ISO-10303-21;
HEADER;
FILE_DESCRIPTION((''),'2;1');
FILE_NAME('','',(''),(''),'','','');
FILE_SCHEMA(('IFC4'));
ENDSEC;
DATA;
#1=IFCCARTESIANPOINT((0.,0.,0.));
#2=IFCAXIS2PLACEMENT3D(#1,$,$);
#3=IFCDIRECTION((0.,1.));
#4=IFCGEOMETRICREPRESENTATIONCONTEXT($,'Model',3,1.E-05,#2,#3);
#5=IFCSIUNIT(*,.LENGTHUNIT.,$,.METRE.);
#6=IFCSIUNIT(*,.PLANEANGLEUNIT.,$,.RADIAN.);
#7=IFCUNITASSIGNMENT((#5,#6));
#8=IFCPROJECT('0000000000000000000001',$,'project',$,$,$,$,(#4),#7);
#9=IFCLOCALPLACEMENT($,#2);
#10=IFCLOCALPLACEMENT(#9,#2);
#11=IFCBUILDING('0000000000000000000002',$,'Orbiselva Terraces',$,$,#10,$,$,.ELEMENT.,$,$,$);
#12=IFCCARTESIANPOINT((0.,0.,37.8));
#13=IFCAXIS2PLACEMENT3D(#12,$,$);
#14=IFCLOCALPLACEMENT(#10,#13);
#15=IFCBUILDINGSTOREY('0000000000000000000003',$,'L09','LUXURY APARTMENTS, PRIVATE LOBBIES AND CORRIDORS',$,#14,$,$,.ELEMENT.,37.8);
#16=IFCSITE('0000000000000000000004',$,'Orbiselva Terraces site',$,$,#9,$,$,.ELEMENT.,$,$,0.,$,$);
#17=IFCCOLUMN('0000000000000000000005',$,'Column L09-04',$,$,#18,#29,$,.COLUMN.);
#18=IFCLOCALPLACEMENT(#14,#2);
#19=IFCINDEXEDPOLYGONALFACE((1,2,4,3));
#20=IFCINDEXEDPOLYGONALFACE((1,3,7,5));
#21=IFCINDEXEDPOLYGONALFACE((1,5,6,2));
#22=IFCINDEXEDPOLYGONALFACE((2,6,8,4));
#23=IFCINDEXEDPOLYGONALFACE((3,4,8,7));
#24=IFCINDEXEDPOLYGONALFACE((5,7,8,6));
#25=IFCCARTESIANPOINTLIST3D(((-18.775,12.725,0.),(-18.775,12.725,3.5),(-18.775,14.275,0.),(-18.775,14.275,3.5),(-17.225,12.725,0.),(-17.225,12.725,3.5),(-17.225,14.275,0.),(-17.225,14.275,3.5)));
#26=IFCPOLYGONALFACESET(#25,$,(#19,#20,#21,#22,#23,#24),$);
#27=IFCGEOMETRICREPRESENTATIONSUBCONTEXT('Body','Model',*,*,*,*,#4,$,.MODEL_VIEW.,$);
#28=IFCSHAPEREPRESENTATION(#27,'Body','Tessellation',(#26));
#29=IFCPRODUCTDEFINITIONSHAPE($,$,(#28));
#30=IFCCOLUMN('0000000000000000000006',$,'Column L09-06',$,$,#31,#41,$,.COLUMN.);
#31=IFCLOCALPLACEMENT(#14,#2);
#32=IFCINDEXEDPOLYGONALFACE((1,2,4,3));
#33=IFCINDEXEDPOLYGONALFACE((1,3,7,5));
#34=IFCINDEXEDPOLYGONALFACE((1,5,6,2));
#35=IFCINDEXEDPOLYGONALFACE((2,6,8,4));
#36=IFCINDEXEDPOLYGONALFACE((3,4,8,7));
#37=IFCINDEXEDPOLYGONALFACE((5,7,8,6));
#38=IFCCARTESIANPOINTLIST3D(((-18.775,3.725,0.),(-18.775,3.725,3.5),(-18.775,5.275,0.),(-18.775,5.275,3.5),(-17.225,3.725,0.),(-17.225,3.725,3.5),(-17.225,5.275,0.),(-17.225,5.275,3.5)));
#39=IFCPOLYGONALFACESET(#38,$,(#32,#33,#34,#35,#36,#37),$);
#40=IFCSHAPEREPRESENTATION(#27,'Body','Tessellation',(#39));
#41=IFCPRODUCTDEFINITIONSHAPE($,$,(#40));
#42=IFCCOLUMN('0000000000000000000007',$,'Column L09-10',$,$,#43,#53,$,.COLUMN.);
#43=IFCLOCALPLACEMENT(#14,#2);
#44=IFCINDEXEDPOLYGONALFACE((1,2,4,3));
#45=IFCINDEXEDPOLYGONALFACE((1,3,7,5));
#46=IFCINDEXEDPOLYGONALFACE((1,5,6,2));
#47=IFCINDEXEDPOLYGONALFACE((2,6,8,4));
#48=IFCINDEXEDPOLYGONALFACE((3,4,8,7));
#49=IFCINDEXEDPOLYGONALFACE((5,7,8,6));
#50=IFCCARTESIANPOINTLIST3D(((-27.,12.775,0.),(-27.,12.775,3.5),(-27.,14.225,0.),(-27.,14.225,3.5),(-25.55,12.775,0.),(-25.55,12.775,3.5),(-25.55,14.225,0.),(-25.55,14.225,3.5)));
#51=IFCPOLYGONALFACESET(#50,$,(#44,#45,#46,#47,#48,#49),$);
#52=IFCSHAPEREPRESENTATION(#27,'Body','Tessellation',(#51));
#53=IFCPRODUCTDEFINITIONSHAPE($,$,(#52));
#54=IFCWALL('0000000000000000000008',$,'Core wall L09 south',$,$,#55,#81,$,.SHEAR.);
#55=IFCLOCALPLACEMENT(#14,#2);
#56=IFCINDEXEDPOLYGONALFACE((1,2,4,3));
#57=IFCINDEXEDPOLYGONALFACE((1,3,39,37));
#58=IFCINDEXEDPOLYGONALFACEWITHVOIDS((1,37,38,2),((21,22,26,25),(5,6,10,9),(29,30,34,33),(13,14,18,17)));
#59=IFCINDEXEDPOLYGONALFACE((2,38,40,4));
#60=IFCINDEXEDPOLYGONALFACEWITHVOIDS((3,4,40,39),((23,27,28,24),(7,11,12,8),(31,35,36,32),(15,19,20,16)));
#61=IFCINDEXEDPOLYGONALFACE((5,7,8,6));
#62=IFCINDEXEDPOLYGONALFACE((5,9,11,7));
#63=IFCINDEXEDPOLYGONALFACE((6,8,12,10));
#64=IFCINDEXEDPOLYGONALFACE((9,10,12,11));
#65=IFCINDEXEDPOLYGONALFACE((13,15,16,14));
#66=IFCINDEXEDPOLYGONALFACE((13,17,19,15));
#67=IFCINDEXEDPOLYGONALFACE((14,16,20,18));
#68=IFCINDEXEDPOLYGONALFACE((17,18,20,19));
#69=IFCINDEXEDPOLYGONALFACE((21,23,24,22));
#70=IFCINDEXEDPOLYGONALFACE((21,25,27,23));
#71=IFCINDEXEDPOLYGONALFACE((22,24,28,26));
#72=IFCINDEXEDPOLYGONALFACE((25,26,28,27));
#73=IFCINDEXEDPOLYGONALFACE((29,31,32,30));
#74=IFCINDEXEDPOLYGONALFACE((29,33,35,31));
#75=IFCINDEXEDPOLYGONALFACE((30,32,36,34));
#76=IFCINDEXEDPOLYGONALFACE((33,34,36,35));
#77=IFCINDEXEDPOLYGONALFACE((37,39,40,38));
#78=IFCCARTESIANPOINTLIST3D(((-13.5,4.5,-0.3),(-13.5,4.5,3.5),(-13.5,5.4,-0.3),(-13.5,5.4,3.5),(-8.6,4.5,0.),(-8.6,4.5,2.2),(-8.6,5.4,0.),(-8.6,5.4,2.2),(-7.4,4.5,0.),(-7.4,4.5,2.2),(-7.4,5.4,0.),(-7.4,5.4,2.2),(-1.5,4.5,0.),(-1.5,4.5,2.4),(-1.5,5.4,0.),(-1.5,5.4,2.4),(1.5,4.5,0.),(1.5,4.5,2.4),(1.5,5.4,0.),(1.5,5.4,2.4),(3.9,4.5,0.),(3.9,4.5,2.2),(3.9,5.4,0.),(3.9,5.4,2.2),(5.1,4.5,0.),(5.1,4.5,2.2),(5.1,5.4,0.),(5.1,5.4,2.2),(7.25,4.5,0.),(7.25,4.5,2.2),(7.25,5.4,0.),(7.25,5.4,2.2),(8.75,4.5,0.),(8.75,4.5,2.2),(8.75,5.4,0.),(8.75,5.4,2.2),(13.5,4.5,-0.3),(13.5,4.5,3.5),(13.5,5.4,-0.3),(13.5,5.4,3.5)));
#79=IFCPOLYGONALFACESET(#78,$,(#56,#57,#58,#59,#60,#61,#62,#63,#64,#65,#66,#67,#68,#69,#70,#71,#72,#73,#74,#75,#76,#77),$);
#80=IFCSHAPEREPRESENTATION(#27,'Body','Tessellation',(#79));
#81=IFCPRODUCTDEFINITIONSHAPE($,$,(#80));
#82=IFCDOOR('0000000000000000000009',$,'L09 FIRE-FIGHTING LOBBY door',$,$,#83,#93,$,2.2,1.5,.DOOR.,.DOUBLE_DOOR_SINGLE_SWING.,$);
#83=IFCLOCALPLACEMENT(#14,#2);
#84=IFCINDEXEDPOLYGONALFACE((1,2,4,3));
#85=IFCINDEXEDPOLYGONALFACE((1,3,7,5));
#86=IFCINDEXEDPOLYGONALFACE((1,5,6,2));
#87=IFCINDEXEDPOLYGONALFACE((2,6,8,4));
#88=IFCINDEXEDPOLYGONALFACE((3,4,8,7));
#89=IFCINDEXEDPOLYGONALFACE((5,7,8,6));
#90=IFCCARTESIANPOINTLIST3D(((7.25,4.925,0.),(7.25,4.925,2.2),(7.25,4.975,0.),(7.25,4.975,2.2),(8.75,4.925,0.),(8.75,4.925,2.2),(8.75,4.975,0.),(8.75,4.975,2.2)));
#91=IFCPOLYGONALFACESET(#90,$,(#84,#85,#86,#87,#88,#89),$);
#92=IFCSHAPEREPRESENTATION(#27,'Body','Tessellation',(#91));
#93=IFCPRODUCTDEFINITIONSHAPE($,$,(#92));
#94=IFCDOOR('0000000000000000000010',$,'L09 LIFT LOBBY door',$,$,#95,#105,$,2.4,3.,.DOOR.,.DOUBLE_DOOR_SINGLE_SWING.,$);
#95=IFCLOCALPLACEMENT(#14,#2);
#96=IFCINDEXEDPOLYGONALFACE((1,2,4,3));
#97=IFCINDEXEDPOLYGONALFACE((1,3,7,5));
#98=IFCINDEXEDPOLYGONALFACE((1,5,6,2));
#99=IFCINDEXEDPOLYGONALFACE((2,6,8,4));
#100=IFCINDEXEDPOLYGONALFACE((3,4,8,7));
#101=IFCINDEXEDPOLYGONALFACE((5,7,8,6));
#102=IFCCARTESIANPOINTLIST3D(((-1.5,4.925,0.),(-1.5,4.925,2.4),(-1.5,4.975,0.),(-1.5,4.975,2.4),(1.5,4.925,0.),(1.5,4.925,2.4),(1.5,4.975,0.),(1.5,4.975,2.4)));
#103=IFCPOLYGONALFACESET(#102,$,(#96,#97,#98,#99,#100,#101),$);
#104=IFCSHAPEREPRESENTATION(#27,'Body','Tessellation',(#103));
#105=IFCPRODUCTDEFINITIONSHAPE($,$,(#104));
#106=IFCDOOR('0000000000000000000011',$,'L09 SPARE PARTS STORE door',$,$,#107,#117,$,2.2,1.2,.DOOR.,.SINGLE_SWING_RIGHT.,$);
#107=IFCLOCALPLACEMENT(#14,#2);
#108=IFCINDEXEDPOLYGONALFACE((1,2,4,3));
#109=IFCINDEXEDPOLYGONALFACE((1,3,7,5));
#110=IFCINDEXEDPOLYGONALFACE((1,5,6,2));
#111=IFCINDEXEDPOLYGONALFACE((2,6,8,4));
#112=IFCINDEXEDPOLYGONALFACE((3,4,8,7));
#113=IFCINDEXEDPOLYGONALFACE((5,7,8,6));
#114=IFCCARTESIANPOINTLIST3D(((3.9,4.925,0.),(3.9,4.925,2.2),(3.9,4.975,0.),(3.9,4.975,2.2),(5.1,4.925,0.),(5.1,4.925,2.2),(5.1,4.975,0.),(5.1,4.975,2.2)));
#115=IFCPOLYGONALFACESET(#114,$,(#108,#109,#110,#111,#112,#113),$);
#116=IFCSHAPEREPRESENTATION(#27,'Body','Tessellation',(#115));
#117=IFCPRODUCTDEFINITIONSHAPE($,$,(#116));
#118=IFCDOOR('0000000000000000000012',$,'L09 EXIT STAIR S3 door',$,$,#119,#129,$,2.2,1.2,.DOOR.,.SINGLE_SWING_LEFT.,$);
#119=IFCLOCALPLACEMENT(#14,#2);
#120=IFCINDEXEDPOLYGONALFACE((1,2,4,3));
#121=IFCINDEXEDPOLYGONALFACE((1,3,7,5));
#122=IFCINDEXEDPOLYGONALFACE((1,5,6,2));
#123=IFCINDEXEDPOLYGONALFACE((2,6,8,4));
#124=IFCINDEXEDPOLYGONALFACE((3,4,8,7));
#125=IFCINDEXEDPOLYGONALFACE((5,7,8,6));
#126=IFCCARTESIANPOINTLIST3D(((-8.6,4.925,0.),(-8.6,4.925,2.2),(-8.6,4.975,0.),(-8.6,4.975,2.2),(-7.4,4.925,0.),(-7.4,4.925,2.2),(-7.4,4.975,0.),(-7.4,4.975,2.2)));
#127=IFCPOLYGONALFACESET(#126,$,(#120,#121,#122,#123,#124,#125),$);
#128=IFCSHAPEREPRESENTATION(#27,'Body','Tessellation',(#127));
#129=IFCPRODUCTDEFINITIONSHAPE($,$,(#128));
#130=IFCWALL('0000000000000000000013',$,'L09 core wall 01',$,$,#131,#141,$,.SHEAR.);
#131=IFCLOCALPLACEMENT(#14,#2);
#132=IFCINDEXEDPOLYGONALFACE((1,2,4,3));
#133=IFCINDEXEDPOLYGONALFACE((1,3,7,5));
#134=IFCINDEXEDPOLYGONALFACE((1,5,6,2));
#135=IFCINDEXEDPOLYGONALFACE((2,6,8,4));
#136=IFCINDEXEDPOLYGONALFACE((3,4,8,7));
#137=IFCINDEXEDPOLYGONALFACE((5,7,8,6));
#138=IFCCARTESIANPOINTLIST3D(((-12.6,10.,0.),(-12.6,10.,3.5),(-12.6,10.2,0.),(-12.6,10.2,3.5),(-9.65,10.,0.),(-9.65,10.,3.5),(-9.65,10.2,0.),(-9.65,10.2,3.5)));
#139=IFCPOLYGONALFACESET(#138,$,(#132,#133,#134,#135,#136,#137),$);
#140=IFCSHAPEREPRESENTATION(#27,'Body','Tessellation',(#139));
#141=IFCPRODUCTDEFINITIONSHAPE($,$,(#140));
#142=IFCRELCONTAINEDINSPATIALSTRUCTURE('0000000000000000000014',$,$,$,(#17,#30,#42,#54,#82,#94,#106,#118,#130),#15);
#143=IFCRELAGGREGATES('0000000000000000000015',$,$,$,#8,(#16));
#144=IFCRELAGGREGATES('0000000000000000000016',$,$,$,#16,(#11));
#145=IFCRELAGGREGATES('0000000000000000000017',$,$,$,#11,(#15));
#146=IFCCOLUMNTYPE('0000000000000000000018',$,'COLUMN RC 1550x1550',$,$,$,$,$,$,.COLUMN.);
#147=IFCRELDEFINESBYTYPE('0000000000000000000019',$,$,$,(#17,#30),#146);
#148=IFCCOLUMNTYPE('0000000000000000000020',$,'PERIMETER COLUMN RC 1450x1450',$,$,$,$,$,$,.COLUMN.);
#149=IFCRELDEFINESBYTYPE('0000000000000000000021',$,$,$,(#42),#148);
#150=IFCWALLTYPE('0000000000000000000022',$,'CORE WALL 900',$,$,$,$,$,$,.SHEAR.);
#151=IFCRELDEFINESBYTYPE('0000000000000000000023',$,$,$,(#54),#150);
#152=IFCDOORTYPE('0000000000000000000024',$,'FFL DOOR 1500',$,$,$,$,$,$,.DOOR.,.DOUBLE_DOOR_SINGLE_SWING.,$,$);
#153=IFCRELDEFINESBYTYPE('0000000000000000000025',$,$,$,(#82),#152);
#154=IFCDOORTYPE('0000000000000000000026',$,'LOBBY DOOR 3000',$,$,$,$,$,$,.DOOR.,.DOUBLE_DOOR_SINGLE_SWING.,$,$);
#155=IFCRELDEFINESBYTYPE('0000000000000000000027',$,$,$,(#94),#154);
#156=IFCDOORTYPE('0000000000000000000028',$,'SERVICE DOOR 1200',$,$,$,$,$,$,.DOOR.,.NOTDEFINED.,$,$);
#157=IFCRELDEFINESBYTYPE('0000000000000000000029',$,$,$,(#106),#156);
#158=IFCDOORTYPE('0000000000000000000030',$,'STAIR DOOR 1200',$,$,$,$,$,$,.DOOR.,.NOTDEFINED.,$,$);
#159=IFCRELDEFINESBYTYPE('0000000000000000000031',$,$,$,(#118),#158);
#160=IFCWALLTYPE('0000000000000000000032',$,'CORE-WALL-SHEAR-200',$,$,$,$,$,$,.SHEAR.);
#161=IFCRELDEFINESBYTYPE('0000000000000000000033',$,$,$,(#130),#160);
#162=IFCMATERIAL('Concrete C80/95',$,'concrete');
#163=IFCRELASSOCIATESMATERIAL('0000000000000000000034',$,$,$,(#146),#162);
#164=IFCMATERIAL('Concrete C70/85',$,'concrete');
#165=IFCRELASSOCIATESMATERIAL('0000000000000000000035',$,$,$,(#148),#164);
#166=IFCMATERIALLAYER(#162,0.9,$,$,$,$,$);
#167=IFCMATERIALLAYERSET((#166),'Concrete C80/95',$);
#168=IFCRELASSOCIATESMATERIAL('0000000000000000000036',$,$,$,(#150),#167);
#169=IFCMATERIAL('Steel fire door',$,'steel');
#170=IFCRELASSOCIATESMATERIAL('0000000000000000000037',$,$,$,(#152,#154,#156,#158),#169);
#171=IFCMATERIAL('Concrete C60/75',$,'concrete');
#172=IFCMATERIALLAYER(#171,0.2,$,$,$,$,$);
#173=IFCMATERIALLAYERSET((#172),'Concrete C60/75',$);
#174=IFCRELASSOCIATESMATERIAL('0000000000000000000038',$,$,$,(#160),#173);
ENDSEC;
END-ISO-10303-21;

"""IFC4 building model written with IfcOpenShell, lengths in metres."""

from ifc_helpers import new_model, si_unit, direction, frame, frame_2d, origin, origin_2d, place, context, subcontext, project, spatial, rectangle, extrude, material, layer, layer_set, material_profile, profile_set, type_object, element, fill, save


model = new_model("IFC4")

# Units and contexts
model_context = context("Model", 3, precision=1e-05, world=origin(), true_north=direction((0.0, 1.0)))
body_context = subcontext(model_context, "Body", "Model", "MODEL_VIEW")
ifc_project = project(units=[si_unit("LENGTHUNIT", "METRE"), si_unit("PLANEANGLEUNIT", "RADIAN")], contexts=[model_context])

# Site, building, storey
site_placement = place(None, origin())
site = spatial("IfcSite", under=ifc_project, at=site_placement, Name="Orbiselva Terraces site", CompositionType="ELEMENT", RefElevation=0.0)
building_placement = place(site_placement, origin())
building = spatial("IfcBuilding", under=site, at=building_placement, Name="Orbiselva Terraces", CompositionType="ELEMENT")
storey_placement = place(building_placement, frame((0.0, 0.0, 37.8)))
storey = spatial("IfcBuildingStorey", under=building, at=storey_placement, Name="L09", Description="LUXURY APARTMENTS, PRIVATE LOBBIES AND CORRIDORS", CompositionType="ELEMENT", Elevation=37.8)

# Columns
ifc_material_1 = material(Name="Concrete C80/95", Category="concrete")
ifc_material_profile_1 = material_profile(ifc_material_1, rectangle(XDim=1.55, YDim=1.55, at=origin_2d()), Name="RC 1550x1550")
ifc_profile_set_1 = profile_set([ifc_material_profile_1], Name="Concrete C80/95")
column_type_1 = type_object("IfcColumnType", Name="COLUMN RC 1550x1550", PredefinedType="COLUMN", material=ifc_profile_set_1)
for number, where, z_axis, x_axis, name in (
    (1, (-18.0, 13.5, 0.0), (0.0, 0.0, 1.0), (1.0, 0.0, 0.0), "Column L09-04"),
    (2, (-18.0, 4.5, 0.0), (0.0, 0.0, 1.0), (1.0, 0.0, 0.0), "Column L09-06"),
):
    element("IfcColumn", number, at=place(storey_placement, frame(where, z_axis=z_axis, x_axis=x_axis)), inside=storey, type_object=column_type_1, Name=name, PredefinedType="COLUMN", context=body_context, shape_type="SweptSolid", body=[
        extrude(rectangle(XDim=1.55, YDim=1.55, at=origin_2d()), origin(), (0.0, 0.0, 1.0), 3.5),
    ])
ifc_material_2 = material(Name="Concrete C70/85", Category="concrete")
ifc_material_profile_2 = material_profile(ifc_material_2, rectangle(XDim=1.45, YDim=1.45, at=origin_2d()), Name="RC 1450x1450")
ifc_profile_set_2 = profile_set([ifc_material_profile_2], Name="Concrete C70/85")
column_type_2 = type_object("IfcColumnType", Name="PERIMETER COLUMN RC 1450x1450", PredefinedType="COLUMN", material=ifc_profile_set_2)
column_placement = place(storey_placement, frame((-26.275, 13.5, 0.0), z_axis=(0.0, 0.0, 1.0), x_axis=(1.0, 0.0, 0.0)))
element("IfcColumn", 3, at=column_placement, inside=storey, type_object=column_type_2, Name="Column L09-10", PredefinedType="COLUMN", context=body_context, shape_type="SweptSolid", body=[
    extrude(rectangle(XDim=1.45, YDim=1.45, at=origin_2d()), origin(), (0.0, 0.0, 1.0), 3.5),
])

# Wall, openings, doors
ifc_layer_1 = layer(ifc_material_1, 0.9)
ifc_layer_set_1 = layer_set([ifc_layer_1], Name="Concrete C80/95")
wall_type_1 = type_object("IfcWallType", Name="CORE WALL 900", PredefinedType="SHEAR", material=ifc_layer_set_1)
wall_1_placement = place(storey_placement, frame((-13.5, 4.95, -0.3), z_axis=(0.0, 0.0, 1.0), x_axis=(1.0, 0.0, 0.0)))
wall_1 = element("IfcWall", 4, at=wall_1_placement, inside=storey, type_object=wall_type_1, Name="Core wall L09 south", PredefinedType="SHEAR", context=body_context, shape_type="SweptSolid", body=[
    extrude(rectangle(XDim=27.0, YDim=0.9, at=frame_2d((13.5, 0.0))), origin(), (0.0, 0.0, 1.0), 3.8),
])
opening_1_placement = place(wall_1_placement, frame((12.0, 0.0, 0.3)))
opening_1 = element("IfcOpeningElement", 5, at=opening_1_placement, cuts=wall_1, PredefinedType="OPENING", context=body_context, shape_type="SweptSolid", body=[
    extrude(rectangle(XDim=3.0, YDim=2.4, at=frame_2d((1.5, 1.2))), frame((0.0, 0.46, 0.0), z_axis=(0.0, -1.0, 0.0), x_axis=(1.0, 0.0, 0.0)), (0.0, 0.0, 1.0), 0.92),
])
opening_2_placement = place(wall_1_placement, frame((4.9, 0.0, 0.3)))
opening_2 = element("IfcOpeningElement", 6, at=opening_2_placement, cuts=wall_1, PredefinedType="OPENING", context=body_context, shape_type="SweptSolid", body=[
    extrude(rectangle(XDim=1.2, YDim=2.2, at=frame_2d((0.6, 1.1))), frame((0.0, 0.46, 0.0), z_axis=(0.0, -1.0, 0.0), x_axis=(1.0, 0.0, 0.0)), (0.0, 0.0, 1.0), 0.92),
])
opening_3_placement = place(wall_1_placement, frame((20.75, 0.0, 0.3)))
opening_3 = element("IfcOpeningElement", 7, at=opening_3_placement, cuts=wall_1, PredefinedType="OPENING", context=body_context, shape_type="SweptSolid", body=[
    extrude(rectangle(XDim=1.5, YDim=2.2, at=frame_2d((0.75, 1.1))), frame((0.0, 0.46, 0.0), z_axis=(0.0, -1.0, 0.0), x_axis=(1.0, 0.0, 0.0)), (0.0, 0.0, 1.0), 0.92),
])
opening_4_placement = place(wall_1_placement, frame((17.4, 0.0, 0.3)))
opening_4 = element("IfcOpeningElement", 8, at=opening_4_placement, cuts=wall_1, PredefinedType="OPENING", context=body_context, shape_type="SweptSolid", body=[
    extrude(rectangle(XDim=1.2, YDim=2.2, at=frame_2d((0.6, 1.1))), frame((0.0, 0.46, 0.0), z_axis=(0.0, -1.0, 0.0), x_axis=(1.0, 0.0, 0.0)), (0.0, 0.0, 1.0), 0.92),
])
ifc_material_3 = material(Name="Steel fire door", Category="steel")
door_type_1 = type_object("IfcDoorType", Name="FFL DOOR 1500", OperationType="DOUBLE_DOOR_SINGLE_SWING", PredefinedType="DOOR", material=ifc_material_3)
door_1_placement = place(opening_3_placement, frame((1.5, 0.0, 0.0), z_axis=(0.0, 0.0, 1.0), x_axis=(-1.0, 0.0, 0.0)))
door_1 = element("IfcDoor", 9, at=door_1_placement, inside=storey, type_object=door_type_1, Name="L09 FIRE-FIGHTING LOBBY door", OperationType="DOUBLE_DOOR_SINGLE_SWING", OverallHeight=2.2, OverallWidth=1.5, PredefinedType="DOOR", context=body_context, shape_type="SweptSolid", body=[
    extrude(rectangle(XDim=1.5, YDim=2.2, at=frame_2d((0.75, 1.1))), frame((0.0, 0.025, 0.0), z_axis=(0.0, -1.0, 0.0), x_axis=(1.0, 0.0, 0.0)), (0.0, 0.0, 1.0), 0.05),
])
fill(opening_3, door_1)
door_type_2 = type_object("IfcDoorType", Name="LOBBY DOOR 3000", OperationType="DOUBLE_DOOR_SINGLE_SWING", PredefinedType="DOOR", material=ifc_material_3)
door_2_placement = place(opening_1_placement, frame((3.0, 0.0, 0.0), z_axis=(0.0, 0.0, 1.0), x_axis=(-1.0, 0.0, 0.0)))
door_2 = element("IfcDoor", 10, at=door_2_placement, inside=storey, type_object=door_type_2, Name="L09 LIFT LOBBY door", OperationType="DOUBLE_DOOR_SINGLE_SWING", OverallHeight=2.4, OverallWidth=3.0, PredefinedType="DOOR", context=body_context, shape_type="SweptSolid", body=[
    extrude(rectangle(XDim=3.0, YDim=2.4, at=frame_2d((1.5, 1.2))), frame((0.0, 0.025, 0.0), z_axis=(0.0, -1.0, 0.0), x_axis=(1.0, 0.0, 0.0)), (0.0, 0.0, 1.0), 0.05),
])
fill(opening_1, door_2)
door_type_3 = type_object("IfcDoorType", Name="SERVICE DOOR 1200", OperationType="NOTDEFINED", PredefinedType="DOOR", material=ifc_material_3)
door_3_placement = place(opening_4_placement, frame((1.2, 0.0, 0.0), z_axis=(0.0, 0.0, 1.0), x_axis=(-1.0, 0.0, 0.0)))
door_3 = element("IfcDoor", 11, at=door_3_placement, inside=storey, type_object=door_type_3, Name="L09 SPARE PARTS STORE door", OperationType="SINGLE_SWING_RIGHT", OverallHeight=2.2, OverallWidth=1.2, PredefinedType="DOOR", context=body_context, shape_type="SweptSolid", body=[
    extrude(rectangle(XDim=1.2, YDim=2.2, at=frame_2d((0.6, 1.1))), frame((0.0, 0.025, 0.0), z_axis=(0.0, -1.0, 0.0), x_axis=(1.0, 0.0, 0.0)), (0.0, 0.0, 1.0), 0.05),
])
fill(opening_4, door_3)
door_type_4 = type_object("IfcDoorType", Name="STAIR DOOR 1200", OperationType="NOTDEFINED", PredefinedType="DOOR", material=ifc_material_3)
door_4_placement = place(opening_2_placement, frame((1.2, 0.0, 0.0), z_axis=(0.0, 0.0, 1.0), x_axis=(-1.0, 0.0, 0.0)))
door_4 = element("IfcDoor", 12, at=door_4_placement, inside=storey, type_object=door_type_4, Name="L09 EXIT STAIR S3 door", OperationType="SINGLE_SWING_LEFT", OverallHeight=2.2, OverallWidth=1.2, PredefinedType="DOOR", context=body_context, shape_type="SweptSolid", body=[
    extrude(rectangle(XDim=1.2, YDim=2.2, at=frame_2d((0.6, 1.1))), frame((0.0, 0.025, 0.0), z_axis=(0.0, -1.0, 0.0), x_axis=(1.0, 0.0, 0.0)), (0.0, 0.0, 1.0), 0.05),
])
fill(opening_2, door_4)

# Wall
ifc_material_4 = material(Name="Concrete C60/75", Category="concrete")
ifc_layer_2 = layer(ifc_material_4, 0.2)
ifc_layer_set_2 = layer_set([ifc_layer_2], Name="Concrete C60/75")
wall_type_2 = type_object("IfcWallType", Name="CORE-WALL-SHEAR-200", PredefinedType="SHEAR", material=ifc_layer_set_2)
wall_2_placement = place(storey_placement, frame((-12.6, 10.1, 0.0), z_axis=(0.0, 0.0, 1.0), x_axis=(1.0, 0.0, 0.0)))
element("IfcWall", 13, at=wall_2_placement, inside=storey, type_object=wall_type_2, Name="L09 core wall 01", PredefinedType="SHEAR", context=body_context, shape_type="SweptSolid", body=[
    extrude(rectangle(XDim=2.95, YDim=0.2, at=frame_2d((1.475, 0.0))), origin(), (0.0, 0.0, 1.0), 3.5),
])

save(model, "model.ifc")
